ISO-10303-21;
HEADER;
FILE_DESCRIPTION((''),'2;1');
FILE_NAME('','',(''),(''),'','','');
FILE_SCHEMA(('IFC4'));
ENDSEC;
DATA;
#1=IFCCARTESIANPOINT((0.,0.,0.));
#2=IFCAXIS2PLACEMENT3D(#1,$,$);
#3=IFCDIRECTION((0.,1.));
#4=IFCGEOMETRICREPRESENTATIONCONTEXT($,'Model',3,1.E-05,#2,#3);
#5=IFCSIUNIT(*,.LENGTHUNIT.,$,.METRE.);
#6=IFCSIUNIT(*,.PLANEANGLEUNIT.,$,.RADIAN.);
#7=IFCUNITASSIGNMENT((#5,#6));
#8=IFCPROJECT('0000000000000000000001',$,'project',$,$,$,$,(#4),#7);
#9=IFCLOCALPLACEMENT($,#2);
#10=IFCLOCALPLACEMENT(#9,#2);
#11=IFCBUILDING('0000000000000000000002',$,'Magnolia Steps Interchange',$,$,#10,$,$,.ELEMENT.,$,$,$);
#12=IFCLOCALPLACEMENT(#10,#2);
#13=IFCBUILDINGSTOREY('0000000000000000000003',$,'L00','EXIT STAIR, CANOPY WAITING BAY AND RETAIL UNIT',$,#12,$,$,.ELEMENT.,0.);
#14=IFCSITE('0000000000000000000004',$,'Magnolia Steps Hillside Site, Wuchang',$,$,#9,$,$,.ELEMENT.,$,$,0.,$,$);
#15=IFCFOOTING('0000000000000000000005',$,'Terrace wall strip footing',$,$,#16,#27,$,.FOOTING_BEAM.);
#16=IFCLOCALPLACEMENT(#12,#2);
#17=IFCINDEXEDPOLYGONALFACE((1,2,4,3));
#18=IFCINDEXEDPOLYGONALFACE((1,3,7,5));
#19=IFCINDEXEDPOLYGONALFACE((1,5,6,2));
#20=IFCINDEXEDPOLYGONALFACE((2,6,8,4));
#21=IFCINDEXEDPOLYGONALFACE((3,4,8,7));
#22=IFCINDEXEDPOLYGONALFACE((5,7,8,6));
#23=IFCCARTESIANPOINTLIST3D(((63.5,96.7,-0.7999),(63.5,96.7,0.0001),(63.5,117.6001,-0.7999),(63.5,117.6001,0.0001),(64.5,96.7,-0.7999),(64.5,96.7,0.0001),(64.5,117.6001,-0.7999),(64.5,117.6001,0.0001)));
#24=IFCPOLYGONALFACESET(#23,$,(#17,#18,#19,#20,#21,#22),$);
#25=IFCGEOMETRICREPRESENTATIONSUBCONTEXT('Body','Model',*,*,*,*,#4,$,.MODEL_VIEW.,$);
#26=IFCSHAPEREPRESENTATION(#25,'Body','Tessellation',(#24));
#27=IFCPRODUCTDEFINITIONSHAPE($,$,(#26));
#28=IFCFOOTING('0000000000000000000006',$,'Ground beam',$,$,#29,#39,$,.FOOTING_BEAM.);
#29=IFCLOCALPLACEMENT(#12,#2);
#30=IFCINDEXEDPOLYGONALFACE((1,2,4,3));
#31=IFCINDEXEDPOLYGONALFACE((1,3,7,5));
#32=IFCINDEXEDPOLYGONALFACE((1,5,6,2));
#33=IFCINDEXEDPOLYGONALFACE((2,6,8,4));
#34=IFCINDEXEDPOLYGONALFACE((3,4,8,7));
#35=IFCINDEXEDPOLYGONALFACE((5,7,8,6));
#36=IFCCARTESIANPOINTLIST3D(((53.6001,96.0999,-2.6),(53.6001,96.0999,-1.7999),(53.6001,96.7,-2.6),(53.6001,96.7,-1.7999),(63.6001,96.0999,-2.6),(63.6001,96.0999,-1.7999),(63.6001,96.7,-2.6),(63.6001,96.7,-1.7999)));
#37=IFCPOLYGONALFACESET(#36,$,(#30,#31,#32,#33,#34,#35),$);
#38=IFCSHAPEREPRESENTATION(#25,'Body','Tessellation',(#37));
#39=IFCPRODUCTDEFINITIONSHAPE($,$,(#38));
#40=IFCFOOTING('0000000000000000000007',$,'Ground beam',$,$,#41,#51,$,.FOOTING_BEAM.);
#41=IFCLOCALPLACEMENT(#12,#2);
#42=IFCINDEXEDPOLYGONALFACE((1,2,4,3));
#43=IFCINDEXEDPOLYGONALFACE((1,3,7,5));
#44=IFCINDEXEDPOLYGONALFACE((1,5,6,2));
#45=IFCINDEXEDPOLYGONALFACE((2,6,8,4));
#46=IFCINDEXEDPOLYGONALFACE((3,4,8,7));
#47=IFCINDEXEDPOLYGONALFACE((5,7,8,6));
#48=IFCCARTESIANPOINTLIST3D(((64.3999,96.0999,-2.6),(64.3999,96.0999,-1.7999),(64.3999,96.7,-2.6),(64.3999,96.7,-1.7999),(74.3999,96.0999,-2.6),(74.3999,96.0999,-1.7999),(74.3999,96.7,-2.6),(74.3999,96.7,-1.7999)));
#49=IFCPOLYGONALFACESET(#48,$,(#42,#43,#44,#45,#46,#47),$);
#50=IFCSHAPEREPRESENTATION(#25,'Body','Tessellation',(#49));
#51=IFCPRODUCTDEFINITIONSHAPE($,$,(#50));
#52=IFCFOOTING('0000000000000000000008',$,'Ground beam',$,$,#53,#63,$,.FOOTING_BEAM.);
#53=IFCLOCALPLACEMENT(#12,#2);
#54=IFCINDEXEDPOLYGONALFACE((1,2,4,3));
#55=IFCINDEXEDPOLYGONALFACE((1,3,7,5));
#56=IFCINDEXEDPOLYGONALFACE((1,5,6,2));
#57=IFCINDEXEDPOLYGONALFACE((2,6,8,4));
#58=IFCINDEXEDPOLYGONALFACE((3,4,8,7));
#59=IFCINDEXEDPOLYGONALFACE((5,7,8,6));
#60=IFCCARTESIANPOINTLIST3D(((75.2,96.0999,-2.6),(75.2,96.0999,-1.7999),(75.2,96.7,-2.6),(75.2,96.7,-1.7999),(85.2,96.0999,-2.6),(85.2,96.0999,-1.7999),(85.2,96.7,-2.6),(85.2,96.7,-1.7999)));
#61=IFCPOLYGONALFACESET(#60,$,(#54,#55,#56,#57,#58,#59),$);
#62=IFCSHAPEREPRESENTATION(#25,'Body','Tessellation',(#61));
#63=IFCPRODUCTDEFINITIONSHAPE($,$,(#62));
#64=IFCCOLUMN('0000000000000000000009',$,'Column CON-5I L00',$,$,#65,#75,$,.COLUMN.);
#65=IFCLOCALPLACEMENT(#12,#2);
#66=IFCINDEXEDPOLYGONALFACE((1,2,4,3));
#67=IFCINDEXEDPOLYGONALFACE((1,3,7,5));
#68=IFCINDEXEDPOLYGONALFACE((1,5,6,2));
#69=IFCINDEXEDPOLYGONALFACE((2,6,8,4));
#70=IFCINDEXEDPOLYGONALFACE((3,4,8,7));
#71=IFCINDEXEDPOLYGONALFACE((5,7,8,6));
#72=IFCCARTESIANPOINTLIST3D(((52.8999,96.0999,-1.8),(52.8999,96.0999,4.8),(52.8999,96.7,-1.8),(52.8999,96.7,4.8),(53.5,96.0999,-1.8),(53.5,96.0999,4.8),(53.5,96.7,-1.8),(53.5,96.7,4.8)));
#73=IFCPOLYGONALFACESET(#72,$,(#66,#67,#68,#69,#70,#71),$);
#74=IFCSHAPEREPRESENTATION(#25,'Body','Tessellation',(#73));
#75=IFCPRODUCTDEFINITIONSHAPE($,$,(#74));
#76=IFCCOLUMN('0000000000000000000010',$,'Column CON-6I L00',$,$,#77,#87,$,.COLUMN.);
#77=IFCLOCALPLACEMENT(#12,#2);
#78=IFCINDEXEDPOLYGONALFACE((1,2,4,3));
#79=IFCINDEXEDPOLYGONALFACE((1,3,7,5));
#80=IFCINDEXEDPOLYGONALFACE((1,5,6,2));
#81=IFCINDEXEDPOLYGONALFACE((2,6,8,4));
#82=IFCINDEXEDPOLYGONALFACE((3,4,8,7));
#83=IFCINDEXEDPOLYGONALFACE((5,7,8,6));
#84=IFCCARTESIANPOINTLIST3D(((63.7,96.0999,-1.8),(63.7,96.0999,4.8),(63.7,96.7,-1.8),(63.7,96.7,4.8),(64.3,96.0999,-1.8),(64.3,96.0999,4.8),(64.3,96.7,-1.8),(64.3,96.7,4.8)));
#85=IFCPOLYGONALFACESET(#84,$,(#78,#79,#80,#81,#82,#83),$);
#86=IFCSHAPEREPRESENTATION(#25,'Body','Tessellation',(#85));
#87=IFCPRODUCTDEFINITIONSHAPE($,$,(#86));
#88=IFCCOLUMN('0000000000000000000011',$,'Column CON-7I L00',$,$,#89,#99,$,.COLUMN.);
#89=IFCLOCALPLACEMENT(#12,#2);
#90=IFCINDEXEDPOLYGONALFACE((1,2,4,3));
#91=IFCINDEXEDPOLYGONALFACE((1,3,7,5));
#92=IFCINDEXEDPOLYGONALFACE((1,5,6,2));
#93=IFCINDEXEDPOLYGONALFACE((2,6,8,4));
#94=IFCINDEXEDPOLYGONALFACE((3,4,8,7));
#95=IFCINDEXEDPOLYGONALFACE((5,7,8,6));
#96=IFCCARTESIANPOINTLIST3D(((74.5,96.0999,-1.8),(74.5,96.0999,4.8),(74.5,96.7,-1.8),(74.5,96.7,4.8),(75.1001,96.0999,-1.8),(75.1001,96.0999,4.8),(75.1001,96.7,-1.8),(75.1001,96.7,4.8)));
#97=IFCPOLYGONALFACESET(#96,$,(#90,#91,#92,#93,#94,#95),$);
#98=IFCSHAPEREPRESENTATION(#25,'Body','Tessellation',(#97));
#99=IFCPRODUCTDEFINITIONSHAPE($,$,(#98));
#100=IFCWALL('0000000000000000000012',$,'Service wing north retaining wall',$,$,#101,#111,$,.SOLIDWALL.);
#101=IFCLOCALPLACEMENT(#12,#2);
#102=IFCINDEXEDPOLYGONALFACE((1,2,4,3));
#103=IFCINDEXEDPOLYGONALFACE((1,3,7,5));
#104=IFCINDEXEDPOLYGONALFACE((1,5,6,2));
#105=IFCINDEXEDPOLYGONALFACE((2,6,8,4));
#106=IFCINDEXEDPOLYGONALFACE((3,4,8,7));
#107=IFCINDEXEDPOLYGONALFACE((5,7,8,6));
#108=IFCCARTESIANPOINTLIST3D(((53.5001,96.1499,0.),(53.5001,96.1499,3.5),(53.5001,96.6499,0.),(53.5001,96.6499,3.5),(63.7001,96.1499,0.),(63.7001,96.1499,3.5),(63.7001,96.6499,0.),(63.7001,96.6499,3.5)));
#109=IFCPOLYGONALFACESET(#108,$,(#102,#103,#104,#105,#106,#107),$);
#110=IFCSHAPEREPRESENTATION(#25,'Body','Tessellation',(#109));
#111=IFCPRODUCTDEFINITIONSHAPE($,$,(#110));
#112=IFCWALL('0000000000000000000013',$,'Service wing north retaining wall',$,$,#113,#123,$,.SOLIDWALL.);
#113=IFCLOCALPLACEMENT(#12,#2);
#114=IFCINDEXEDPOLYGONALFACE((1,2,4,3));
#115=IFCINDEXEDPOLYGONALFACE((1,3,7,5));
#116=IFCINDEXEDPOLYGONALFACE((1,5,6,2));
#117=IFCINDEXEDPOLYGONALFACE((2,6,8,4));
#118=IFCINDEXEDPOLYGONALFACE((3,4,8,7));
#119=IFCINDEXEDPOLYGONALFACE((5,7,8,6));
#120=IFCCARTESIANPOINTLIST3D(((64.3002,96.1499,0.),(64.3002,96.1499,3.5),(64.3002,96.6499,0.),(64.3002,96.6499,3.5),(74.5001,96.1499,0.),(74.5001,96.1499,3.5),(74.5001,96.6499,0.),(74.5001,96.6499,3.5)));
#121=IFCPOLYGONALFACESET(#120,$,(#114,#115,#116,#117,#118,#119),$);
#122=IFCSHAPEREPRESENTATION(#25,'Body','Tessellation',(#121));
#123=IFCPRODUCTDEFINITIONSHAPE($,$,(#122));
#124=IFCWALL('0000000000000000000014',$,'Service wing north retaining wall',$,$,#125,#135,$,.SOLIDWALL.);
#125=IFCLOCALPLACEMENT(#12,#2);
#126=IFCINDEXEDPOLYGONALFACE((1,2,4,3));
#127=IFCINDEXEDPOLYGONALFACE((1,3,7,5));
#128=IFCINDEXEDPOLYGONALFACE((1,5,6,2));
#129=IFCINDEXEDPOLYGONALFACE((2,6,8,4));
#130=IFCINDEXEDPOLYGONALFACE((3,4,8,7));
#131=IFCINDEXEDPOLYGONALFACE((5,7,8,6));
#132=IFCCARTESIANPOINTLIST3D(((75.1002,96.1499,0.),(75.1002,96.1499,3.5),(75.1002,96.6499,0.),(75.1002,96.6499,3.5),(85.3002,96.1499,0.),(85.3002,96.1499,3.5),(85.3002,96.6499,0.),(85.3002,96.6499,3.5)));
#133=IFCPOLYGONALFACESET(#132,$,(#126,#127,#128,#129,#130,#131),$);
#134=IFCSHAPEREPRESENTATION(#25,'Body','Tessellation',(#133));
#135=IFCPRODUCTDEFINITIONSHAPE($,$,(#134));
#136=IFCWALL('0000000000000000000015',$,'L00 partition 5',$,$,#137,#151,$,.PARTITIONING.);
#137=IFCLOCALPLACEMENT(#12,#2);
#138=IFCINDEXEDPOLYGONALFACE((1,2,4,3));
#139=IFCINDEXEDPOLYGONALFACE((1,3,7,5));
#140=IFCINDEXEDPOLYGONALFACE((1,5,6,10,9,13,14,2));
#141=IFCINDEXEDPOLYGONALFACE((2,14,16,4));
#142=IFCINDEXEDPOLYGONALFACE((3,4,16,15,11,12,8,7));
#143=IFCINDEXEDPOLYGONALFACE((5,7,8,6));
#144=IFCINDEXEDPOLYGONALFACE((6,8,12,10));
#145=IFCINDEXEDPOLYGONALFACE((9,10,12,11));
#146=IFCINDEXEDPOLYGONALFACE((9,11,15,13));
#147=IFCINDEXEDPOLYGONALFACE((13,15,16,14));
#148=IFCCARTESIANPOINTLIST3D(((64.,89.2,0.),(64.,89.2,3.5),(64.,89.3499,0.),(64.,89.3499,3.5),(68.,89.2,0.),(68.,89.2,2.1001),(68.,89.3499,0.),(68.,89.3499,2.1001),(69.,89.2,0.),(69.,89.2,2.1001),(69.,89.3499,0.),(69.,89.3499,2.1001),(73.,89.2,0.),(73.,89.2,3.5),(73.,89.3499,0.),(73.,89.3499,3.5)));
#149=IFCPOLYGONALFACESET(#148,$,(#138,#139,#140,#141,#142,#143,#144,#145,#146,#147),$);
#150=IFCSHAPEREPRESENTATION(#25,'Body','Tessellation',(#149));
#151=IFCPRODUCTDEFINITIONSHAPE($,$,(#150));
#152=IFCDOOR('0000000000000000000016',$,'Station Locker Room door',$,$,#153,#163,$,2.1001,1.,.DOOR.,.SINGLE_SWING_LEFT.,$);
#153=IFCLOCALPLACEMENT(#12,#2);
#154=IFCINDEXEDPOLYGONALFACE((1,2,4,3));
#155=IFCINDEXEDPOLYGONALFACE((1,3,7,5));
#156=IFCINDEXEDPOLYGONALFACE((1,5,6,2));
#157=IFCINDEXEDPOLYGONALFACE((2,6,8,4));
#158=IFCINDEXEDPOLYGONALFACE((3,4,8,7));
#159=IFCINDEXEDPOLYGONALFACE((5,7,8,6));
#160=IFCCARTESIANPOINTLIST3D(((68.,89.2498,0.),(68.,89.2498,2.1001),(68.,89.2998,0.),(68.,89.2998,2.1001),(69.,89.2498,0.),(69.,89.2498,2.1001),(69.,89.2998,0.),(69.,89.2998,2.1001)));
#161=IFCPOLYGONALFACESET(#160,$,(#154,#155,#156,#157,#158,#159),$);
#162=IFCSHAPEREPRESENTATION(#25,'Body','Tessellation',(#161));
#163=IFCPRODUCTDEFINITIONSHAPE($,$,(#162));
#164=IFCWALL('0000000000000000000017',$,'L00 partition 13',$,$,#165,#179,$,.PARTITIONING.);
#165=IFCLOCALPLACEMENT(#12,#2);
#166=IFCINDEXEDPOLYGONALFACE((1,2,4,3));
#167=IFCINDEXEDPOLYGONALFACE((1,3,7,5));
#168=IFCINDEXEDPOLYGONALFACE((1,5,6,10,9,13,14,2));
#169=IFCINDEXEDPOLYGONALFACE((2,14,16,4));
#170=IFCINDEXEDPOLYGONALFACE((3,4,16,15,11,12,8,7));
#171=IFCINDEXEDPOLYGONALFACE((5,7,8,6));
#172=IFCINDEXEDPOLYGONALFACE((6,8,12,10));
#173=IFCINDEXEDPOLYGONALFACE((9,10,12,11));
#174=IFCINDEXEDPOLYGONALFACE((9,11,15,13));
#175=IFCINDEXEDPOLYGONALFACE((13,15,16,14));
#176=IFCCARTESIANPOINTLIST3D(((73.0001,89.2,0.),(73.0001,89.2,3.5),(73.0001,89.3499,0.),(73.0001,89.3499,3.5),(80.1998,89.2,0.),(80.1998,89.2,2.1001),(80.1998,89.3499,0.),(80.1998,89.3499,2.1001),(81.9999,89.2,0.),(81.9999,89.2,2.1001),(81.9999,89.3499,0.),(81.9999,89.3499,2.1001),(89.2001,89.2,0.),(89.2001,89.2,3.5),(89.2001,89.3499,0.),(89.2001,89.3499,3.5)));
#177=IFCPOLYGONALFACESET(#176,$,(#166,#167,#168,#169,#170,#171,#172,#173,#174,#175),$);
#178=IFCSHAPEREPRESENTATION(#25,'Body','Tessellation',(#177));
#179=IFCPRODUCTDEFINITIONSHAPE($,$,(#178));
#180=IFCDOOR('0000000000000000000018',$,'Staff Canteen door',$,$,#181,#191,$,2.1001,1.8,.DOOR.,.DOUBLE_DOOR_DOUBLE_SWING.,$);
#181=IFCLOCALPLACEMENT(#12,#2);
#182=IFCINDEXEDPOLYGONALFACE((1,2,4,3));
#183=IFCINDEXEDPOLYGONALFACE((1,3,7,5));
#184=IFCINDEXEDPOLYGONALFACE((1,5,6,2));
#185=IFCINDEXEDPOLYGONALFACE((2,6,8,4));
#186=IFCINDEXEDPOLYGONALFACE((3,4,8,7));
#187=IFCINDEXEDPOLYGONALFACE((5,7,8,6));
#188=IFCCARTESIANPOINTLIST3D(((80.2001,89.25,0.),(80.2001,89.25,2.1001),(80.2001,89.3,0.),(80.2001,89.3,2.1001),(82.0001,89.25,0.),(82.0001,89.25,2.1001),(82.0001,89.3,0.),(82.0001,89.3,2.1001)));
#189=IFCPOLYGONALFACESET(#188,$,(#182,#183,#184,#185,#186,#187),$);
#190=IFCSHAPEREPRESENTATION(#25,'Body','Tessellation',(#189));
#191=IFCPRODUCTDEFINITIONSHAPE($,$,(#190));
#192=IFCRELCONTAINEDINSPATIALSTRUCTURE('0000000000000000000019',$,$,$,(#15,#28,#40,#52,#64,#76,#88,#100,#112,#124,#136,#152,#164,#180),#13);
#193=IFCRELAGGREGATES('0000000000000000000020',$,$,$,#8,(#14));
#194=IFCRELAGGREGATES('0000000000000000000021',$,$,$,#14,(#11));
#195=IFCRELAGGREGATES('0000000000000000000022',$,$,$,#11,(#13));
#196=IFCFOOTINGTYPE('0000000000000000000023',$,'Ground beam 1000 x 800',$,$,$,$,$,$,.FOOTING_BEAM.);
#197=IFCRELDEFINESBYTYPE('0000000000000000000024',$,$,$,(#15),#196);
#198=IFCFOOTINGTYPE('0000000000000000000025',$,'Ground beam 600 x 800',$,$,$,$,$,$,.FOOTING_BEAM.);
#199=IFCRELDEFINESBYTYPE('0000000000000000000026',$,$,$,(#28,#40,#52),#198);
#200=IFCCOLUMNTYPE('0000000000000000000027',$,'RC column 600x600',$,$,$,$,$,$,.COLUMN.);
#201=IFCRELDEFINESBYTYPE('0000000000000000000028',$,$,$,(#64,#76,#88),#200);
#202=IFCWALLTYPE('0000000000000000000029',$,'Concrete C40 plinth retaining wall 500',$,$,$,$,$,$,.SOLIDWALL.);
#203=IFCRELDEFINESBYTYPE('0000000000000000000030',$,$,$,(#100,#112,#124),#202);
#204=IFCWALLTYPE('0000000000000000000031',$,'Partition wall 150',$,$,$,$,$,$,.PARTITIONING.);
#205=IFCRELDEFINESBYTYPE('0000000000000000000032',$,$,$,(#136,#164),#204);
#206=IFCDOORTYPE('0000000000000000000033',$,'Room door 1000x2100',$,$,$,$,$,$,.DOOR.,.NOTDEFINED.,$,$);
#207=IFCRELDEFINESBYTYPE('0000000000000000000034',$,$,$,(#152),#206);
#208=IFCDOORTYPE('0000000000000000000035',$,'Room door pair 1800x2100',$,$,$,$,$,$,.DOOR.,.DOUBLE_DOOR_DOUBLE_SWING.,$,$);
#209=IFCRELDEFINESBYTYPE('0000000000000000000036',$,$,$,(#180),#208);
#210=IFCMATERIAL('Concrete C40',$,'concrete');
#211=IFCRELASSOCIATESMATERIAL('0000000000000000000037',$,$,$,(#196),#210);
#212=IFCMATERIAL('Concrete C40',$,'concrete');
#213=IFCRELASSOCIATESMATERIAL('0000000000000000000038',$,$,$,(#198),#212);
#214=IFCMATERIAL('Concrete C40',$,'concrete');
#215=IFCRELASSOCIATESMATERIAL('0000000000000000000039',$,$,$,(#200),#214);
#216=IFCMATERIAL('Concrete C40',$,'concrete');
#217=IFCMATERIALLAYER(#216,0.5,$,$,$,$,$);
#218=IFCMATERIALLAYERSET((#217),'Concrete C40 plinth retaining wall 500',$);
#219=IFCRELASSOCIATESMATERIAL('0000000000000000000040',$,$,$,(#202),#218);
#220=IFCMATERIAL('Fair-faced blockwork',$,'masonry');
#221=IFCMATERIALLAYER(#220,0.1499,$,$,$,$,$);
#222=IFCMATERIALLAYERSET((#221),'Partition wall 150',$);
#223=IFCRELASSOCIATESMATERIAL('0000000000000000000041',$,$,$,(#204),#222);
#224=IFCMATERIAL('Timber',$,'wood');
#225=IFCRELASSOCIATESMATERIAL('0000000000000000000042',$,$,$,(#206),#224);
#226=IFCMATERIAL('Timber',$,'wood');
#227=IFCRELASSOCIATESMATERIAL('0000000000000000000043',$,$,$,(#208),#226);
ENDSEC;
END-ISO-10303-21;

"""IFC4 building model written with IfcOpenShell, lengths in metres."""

from ifc_helpers import new_model, si_unit, direction, frame, frame_2d, origin, origin_2d, place, context, subcontext, project, spatial, rectangle, extrude, material, layer, layer_set, material_profile, profile_set, type_object, element, fill, save


model = new_model("IFC4")

# Units and contexts
model_context = context("Model", 3, precision=1e-05, world=origin(), true_north=direction((0.0, 1.0)))
body_context = subcontext(model_context, "Body", "Model", "MODEL_VIEW")
ifc_project = project(units=[si_unit("LENGTHUNIT", "METRE"), si_unit("PLANEANGLEUNIT", "RADIAN")], contexts=[model_context])

# Site, building, storey
site_placement = place(None, origin())
site = spatial("IfcSite", under=ifc_project, at=site_placement, Name="Magnolia Steps Hillside Site, Wuchang", CompositionType="ELEMENT", RefElevation=0.0)
building_placement = place(site_placement, origin())
building = spatial("IfcBuilding", under=site, at=building_placement, Name="Magnolia Steps Interchange", CompositionType="ELEMENT")
storey_placement = place(building_placement, origin())
storey = spatial("IfcBuildingStorey", under=building, at=storey_placement, Name="L00", Description="EXIT STAIR, CANOPY WAITING BAY AND RETAIL UNIT", CompositionType="ELEMENT", Elevation=0.0)

# Footings
ifc_material_1 = material(Name="Concrete C40", Category="concrete")
ifc_material_profile_1 = material_profile(ifc_material_1, rectangle(XDim=1.0, YDim=0.8, at=origin_2d()), Name="RC1000x800")
ifc_profile_set_1 = profile_set([ifc_material_profile_1], Name="Concrete C40")
footing_type_1 = type_object("IfcFootingType", Name="Ground beam 1000 x 800", PredefinedType="FOOTING_BEAM", material=ifc_profile_set_1)
footing_placement = place(storey_placement, frame((64.0, 96.7, -0.3999), z_axis=(0.0, 1.0, 0.0), x_axis=(-1.0, 0.0, 0.0)))
element("IfcFooting", 1, at=footing_placement, inside=storey, type_object=footing_type_1, Name="Terrace wall strip footing", PredefinedType="FOOTING_BEAM", context=body_context, shape_type="SweptSolid", body=[
    extrude(rectangle(XDim=1.0, YDim=0.8, at=origin_2d()), origin(), (0.0, 0.0, 1.0), 20.9001),
])
ifc_material_2 = material(Name="Concrete C40", Category="concrete")
ifc_material_profile_2 = material_profile(ifc_material_2, rectangle(XDim=0.6001, YDim=0.8, at=origin_2d()), Name="RC600x800")
ifc_profile_set_2 = profile_set([ifc_material_profile_2], Name="Concrete C40")
footing_type_2 = type_object("IfcFootingType", Name="Ground beam 600 x 800", PredefinedType="FOOTING_BEAM", material=ifc_profile_set_2)
for number, where, z_axis, x_axis, name in (
    (2, (53.6001, 96.3999, -2.2), (1.0, 0.0, 0.0), (0.0, 1.0, 0.0), "Ground beam"),
    (3, (64.3999, 96.3999, -2.2), (1.0, 0.0, 0.0), (0.0, 1.0, 0.0), "Ground beam"),
    (4, (75.2, 96.3999, -2.2), (1.0, 0.0, 0.0), (0.0, 1.0, 0.0), "Ground beam"),
):
    element("IfcFooting", number, at=place(storey_placement, frame(where, z_axis=z_axis, x_axis=x_axis)), inside=storey, type_object=footing_type_2, Name=name, PredefinedType="FOOTING_BEAM", context=body_context, shape_type="SweptSolid", body=[
        extrude(rectangle(XDim=0.6001, YDim=0.8, at=origin_2d()), origin(), (0.0, 0.0, 1.0), 10.0),
    ])

# Columns
ifc_material_3 = material(Name="Concrete C40", Category="concrete")
ifc_material_profile_3 = material_profile(ifc_material_3, rectangle(XDim=0.6001, YDim=0.6001, at=origin_2d()), Name="RC600x600")
ifc_profile_set_3 = profile_set([ifc_material_profile_3], Name="Concrete C40")
column_type = type_object("IfcColumnType", Name="RC column 600x600", PredefinedType="COLUMN", material=ifc_profile_set_3)
for number, where, z_axis, x_axis, name in (
    (5, (53.2, 96.3999, -1.8), (0.0, 0.0, 1.0), (1.0, 0.0, 0.0), "Column CON-5I L00"),
    (6, (64.0, 96.3999, -1.8), (0.0, 0.0, 1.0), (1.0, 0.0, 0.0), "Column CON-6I L00"),
    (7, (74.8, 96.3999, -1.8), (0.0, 0.0, 1.0), (1.0, 0.0, 0.0), "Column CON-7I L00"),
):
    element("IfcColumn", number, at=place(storey_placement, frame(where, z_axis=z_axis, x_axis=x_axis)), inside=storey, type_object=column_type, Name=name, PredefinedType="COLUMN", context=body_context, shape_type="SweptSolid", body=[
        extrude(rectangle(XDim=0.6001, YDim=0.6001, at=origin_2d()), origin(), (0.0, 0.0, 1.0), 6.6001),
    ])

# Walls
ifc_material_4 = material(Name="Concrete C40", Category="concrete")
ifc_layer_1 = layer(ifc_material_4, 0.5)
ifc_layer_set_1 = layer_set([ifc_layer_1], Name="Concrete C40 plinth retaining wall 500")
wall_type_1 = type_object("IfcWallType", Name="Concrete C40 plinth retaining wall 500", PredefinedType="SOLIDWALL", material=ifc_layer_set_1)
for number, where, z_axis, x_axis, name in (
    (8, (53.5, 96.3999, 0.0), (0.0, 0.0, 1.0), (1.0, 0.0, 0.0), "Service wing north retaining wall"),
    (9, (64.3, 96.3999, 0.0), (0.0, 0.0, 1.0), (1.0, 0.0, 0.0), "Service wing north retaining wall"),
    (10, (75.1001, 96.3999, 0.0), (0.0, 0.0, 1.0), (1.0, 0.0, 0.0), "Service wing north retaining wall"),
):
    element("IfcWall", number, at=place(storey_placement, frame(where, z_axis=z_axis, x_axis=x_axis)), inside=storey, type_object=wall_type_1, Name=name, PredefinedType="SOLIDWALL", context=body_context, shape_type="SweptSolid", body=[
        extrude(rectangle(XDim=10.2, YDim=0.5, at=frame_2d((5.1001, 0.0))), origin(), (0.0, 0.0, 1.0), 3.5),
    ])

# Walls, openings, doors
ifc_material_5 = material(Name="Fair-faced blockwork", Category="masonry")
ifc_layer_2 = layer(ifc_material_5, 0.1499)
ifc_layer_set_2 = layer_set([ifc_layer_2], Name="Partition wall 150")
wall_type_2 = type_object("IfcWallType", Name="Partition wall 150", PredefinedType="PARTITIONING", material=ifc_layer_set_2)
wall_1_placement = place(storey_placement, frame((64.0, 89.2749, 0.0), z_axis=(0.0, 0.0, 1.0), x_axis=(1.0, 0.0, 0.0)))
wall_1 = element("IfcWall", 11, at=wall_1_placement, inside=storey, type_object=wall_type_2, Name="L00 partition 5", PredefinedType="PARTITIONING", context=body_context, shape_type="SweptSolid", body=[
    extrude(rectangle(XDim=9.0, YDim=0.1499, at=frame_2d((4.5, 0.0))), origin(), (0.0, 0.0, 1.0), 3.5),
])
opening_1_placement = place(wall_1_placement, frame((4.0, 0.0, 0.0)))
opening_1 = element("IfcOpeningElement", 12, at=opening_1_placement, cuts=wall_1, PredefinedType="OPENING", context=body_context, shape_type="SweptSolid", body=[
    extrude(rectangle(XDim=1.0, YDim=2.1001, at=frame_2d((0.5, 1.05))), frame((0.0, 0.085, 0.0), z_axis=(0.0, -1.0, 0.0), x_axis=(1.0, 0.0, 0.0)), (0.0, 0.0, 1.0), 0.1699),
])
ifc_material_6 = material(Name="Timber", Category="wood")
door_type_1 = type_object("IfcDoorType", Name="Room door 1000x2100", OperationType="NOTDEFINED", PredefinedType="DOOR", material=ifc_material_6)
door_1_placement = place(opening_1_placement, origin())
door_1 = element("IfcDoor", 13, at=door_1_placement, inside=storey, type_object=door_type_1, Name="Station Locker Room door", OperationType="SINGLE_SWING_LEFT", OverallHeight=2.1001, OverallWidth=1.0, PredefinedType="DOOR", context=body_context, shape_type="SweptSolid", body=[
    extrude(rectangle(XDim=1.0, YDim=2.1001, at=frame_2d((0.5, 1.05))), frame((0.0, 0.0249, 0.0), z_axis=(0.0, -1.0, 0.0), x_axis=(1.0, 0.0, 0.0)), (0.0, 0.0, 1.0), 0.05),
])
fill(opening_1, door_1)
wall_2_placement = place(storey_placement, frame((73.0, 89.2749, 0.0), z_axis=(0.0, 0.0, 1.0), x_axis=(1.0, 0.0, 0.0)))
wall_2 = element("IfcWall", 14, at=wall_2_placement, inside=storey, type_object=wall_type_2, Name="L00 partition 13", PredefinedType="PARTITIONING", context=body_context, shape_type="SweptSolid", body=[
    extrude(rectangle(XDim=16.2, YDim=0.1499, at=frame_2d((8.1001, 0.0))), origin(), (0.0, 0.0, 1.0), 3.5),
])
opening_2_placement = place(wall_2_placement, frame((7.2, 0.0, 0.0)))
opening_2 = element("IfcOpeningElement", 15, at=opening_2_placement, cuts=wall_2, PredefinedType="OPENING", context=body_context, shape_type="SweptSolid", body=[
    extrude(rectangle(XDim=1.8, YDim=2.1001, at=frame_2d((0.8999, 1.05))), frame((0.0, 0.085, 0.0), z_axis=(0.0, -1.0, 0.0), x_axis=(1.0, 0.0, 0.0)), (0.0, 0.0, 1.0), 0.1699),
])
ifc_material_7 = material(Name="Timber", Category="wood")
door_type_2 = type_object("IfcDoorType", Name="Room door pair 1800x2100", OperationType="DOUBLE_DOOR_DOUBLE_SWING", PredefinedType="DOOR", material=ifc_material_7)
door_2_placement = place(opening_2_placement, frame((1.8, 0.0, 0.0), z_axis=(0.0, 0.0, 1.0), x_axis=(-1.0, 0.0, 0.0)))
door_2 = element("IfcDoor", 16, at=door_2_placement, inside=storey, type_object=door_type_2, Name="Staff Canteen door", OperationType="DOUBLE_DOOR_DOUBLE_SWING", OverallHeight=2.1001, OverallWidth=1.8, PredefinedType="DOOR", context=body_context, shape_type="SweptSolid", body=[
    extrude(rectangle(XDim=1.8, YDim=2.1001, at=frame_2d((0.8999, 1.05))), frame((0.0, 0.0249, 0.0), z_axis=(0.0, -1.0, 0.0), x_axis=(1.0, 0.0, 0.0)), (0.0, 0.0, 1.0), 0.05),
])
fill(opening_2, door_2)

save(model, "model.ifc")
